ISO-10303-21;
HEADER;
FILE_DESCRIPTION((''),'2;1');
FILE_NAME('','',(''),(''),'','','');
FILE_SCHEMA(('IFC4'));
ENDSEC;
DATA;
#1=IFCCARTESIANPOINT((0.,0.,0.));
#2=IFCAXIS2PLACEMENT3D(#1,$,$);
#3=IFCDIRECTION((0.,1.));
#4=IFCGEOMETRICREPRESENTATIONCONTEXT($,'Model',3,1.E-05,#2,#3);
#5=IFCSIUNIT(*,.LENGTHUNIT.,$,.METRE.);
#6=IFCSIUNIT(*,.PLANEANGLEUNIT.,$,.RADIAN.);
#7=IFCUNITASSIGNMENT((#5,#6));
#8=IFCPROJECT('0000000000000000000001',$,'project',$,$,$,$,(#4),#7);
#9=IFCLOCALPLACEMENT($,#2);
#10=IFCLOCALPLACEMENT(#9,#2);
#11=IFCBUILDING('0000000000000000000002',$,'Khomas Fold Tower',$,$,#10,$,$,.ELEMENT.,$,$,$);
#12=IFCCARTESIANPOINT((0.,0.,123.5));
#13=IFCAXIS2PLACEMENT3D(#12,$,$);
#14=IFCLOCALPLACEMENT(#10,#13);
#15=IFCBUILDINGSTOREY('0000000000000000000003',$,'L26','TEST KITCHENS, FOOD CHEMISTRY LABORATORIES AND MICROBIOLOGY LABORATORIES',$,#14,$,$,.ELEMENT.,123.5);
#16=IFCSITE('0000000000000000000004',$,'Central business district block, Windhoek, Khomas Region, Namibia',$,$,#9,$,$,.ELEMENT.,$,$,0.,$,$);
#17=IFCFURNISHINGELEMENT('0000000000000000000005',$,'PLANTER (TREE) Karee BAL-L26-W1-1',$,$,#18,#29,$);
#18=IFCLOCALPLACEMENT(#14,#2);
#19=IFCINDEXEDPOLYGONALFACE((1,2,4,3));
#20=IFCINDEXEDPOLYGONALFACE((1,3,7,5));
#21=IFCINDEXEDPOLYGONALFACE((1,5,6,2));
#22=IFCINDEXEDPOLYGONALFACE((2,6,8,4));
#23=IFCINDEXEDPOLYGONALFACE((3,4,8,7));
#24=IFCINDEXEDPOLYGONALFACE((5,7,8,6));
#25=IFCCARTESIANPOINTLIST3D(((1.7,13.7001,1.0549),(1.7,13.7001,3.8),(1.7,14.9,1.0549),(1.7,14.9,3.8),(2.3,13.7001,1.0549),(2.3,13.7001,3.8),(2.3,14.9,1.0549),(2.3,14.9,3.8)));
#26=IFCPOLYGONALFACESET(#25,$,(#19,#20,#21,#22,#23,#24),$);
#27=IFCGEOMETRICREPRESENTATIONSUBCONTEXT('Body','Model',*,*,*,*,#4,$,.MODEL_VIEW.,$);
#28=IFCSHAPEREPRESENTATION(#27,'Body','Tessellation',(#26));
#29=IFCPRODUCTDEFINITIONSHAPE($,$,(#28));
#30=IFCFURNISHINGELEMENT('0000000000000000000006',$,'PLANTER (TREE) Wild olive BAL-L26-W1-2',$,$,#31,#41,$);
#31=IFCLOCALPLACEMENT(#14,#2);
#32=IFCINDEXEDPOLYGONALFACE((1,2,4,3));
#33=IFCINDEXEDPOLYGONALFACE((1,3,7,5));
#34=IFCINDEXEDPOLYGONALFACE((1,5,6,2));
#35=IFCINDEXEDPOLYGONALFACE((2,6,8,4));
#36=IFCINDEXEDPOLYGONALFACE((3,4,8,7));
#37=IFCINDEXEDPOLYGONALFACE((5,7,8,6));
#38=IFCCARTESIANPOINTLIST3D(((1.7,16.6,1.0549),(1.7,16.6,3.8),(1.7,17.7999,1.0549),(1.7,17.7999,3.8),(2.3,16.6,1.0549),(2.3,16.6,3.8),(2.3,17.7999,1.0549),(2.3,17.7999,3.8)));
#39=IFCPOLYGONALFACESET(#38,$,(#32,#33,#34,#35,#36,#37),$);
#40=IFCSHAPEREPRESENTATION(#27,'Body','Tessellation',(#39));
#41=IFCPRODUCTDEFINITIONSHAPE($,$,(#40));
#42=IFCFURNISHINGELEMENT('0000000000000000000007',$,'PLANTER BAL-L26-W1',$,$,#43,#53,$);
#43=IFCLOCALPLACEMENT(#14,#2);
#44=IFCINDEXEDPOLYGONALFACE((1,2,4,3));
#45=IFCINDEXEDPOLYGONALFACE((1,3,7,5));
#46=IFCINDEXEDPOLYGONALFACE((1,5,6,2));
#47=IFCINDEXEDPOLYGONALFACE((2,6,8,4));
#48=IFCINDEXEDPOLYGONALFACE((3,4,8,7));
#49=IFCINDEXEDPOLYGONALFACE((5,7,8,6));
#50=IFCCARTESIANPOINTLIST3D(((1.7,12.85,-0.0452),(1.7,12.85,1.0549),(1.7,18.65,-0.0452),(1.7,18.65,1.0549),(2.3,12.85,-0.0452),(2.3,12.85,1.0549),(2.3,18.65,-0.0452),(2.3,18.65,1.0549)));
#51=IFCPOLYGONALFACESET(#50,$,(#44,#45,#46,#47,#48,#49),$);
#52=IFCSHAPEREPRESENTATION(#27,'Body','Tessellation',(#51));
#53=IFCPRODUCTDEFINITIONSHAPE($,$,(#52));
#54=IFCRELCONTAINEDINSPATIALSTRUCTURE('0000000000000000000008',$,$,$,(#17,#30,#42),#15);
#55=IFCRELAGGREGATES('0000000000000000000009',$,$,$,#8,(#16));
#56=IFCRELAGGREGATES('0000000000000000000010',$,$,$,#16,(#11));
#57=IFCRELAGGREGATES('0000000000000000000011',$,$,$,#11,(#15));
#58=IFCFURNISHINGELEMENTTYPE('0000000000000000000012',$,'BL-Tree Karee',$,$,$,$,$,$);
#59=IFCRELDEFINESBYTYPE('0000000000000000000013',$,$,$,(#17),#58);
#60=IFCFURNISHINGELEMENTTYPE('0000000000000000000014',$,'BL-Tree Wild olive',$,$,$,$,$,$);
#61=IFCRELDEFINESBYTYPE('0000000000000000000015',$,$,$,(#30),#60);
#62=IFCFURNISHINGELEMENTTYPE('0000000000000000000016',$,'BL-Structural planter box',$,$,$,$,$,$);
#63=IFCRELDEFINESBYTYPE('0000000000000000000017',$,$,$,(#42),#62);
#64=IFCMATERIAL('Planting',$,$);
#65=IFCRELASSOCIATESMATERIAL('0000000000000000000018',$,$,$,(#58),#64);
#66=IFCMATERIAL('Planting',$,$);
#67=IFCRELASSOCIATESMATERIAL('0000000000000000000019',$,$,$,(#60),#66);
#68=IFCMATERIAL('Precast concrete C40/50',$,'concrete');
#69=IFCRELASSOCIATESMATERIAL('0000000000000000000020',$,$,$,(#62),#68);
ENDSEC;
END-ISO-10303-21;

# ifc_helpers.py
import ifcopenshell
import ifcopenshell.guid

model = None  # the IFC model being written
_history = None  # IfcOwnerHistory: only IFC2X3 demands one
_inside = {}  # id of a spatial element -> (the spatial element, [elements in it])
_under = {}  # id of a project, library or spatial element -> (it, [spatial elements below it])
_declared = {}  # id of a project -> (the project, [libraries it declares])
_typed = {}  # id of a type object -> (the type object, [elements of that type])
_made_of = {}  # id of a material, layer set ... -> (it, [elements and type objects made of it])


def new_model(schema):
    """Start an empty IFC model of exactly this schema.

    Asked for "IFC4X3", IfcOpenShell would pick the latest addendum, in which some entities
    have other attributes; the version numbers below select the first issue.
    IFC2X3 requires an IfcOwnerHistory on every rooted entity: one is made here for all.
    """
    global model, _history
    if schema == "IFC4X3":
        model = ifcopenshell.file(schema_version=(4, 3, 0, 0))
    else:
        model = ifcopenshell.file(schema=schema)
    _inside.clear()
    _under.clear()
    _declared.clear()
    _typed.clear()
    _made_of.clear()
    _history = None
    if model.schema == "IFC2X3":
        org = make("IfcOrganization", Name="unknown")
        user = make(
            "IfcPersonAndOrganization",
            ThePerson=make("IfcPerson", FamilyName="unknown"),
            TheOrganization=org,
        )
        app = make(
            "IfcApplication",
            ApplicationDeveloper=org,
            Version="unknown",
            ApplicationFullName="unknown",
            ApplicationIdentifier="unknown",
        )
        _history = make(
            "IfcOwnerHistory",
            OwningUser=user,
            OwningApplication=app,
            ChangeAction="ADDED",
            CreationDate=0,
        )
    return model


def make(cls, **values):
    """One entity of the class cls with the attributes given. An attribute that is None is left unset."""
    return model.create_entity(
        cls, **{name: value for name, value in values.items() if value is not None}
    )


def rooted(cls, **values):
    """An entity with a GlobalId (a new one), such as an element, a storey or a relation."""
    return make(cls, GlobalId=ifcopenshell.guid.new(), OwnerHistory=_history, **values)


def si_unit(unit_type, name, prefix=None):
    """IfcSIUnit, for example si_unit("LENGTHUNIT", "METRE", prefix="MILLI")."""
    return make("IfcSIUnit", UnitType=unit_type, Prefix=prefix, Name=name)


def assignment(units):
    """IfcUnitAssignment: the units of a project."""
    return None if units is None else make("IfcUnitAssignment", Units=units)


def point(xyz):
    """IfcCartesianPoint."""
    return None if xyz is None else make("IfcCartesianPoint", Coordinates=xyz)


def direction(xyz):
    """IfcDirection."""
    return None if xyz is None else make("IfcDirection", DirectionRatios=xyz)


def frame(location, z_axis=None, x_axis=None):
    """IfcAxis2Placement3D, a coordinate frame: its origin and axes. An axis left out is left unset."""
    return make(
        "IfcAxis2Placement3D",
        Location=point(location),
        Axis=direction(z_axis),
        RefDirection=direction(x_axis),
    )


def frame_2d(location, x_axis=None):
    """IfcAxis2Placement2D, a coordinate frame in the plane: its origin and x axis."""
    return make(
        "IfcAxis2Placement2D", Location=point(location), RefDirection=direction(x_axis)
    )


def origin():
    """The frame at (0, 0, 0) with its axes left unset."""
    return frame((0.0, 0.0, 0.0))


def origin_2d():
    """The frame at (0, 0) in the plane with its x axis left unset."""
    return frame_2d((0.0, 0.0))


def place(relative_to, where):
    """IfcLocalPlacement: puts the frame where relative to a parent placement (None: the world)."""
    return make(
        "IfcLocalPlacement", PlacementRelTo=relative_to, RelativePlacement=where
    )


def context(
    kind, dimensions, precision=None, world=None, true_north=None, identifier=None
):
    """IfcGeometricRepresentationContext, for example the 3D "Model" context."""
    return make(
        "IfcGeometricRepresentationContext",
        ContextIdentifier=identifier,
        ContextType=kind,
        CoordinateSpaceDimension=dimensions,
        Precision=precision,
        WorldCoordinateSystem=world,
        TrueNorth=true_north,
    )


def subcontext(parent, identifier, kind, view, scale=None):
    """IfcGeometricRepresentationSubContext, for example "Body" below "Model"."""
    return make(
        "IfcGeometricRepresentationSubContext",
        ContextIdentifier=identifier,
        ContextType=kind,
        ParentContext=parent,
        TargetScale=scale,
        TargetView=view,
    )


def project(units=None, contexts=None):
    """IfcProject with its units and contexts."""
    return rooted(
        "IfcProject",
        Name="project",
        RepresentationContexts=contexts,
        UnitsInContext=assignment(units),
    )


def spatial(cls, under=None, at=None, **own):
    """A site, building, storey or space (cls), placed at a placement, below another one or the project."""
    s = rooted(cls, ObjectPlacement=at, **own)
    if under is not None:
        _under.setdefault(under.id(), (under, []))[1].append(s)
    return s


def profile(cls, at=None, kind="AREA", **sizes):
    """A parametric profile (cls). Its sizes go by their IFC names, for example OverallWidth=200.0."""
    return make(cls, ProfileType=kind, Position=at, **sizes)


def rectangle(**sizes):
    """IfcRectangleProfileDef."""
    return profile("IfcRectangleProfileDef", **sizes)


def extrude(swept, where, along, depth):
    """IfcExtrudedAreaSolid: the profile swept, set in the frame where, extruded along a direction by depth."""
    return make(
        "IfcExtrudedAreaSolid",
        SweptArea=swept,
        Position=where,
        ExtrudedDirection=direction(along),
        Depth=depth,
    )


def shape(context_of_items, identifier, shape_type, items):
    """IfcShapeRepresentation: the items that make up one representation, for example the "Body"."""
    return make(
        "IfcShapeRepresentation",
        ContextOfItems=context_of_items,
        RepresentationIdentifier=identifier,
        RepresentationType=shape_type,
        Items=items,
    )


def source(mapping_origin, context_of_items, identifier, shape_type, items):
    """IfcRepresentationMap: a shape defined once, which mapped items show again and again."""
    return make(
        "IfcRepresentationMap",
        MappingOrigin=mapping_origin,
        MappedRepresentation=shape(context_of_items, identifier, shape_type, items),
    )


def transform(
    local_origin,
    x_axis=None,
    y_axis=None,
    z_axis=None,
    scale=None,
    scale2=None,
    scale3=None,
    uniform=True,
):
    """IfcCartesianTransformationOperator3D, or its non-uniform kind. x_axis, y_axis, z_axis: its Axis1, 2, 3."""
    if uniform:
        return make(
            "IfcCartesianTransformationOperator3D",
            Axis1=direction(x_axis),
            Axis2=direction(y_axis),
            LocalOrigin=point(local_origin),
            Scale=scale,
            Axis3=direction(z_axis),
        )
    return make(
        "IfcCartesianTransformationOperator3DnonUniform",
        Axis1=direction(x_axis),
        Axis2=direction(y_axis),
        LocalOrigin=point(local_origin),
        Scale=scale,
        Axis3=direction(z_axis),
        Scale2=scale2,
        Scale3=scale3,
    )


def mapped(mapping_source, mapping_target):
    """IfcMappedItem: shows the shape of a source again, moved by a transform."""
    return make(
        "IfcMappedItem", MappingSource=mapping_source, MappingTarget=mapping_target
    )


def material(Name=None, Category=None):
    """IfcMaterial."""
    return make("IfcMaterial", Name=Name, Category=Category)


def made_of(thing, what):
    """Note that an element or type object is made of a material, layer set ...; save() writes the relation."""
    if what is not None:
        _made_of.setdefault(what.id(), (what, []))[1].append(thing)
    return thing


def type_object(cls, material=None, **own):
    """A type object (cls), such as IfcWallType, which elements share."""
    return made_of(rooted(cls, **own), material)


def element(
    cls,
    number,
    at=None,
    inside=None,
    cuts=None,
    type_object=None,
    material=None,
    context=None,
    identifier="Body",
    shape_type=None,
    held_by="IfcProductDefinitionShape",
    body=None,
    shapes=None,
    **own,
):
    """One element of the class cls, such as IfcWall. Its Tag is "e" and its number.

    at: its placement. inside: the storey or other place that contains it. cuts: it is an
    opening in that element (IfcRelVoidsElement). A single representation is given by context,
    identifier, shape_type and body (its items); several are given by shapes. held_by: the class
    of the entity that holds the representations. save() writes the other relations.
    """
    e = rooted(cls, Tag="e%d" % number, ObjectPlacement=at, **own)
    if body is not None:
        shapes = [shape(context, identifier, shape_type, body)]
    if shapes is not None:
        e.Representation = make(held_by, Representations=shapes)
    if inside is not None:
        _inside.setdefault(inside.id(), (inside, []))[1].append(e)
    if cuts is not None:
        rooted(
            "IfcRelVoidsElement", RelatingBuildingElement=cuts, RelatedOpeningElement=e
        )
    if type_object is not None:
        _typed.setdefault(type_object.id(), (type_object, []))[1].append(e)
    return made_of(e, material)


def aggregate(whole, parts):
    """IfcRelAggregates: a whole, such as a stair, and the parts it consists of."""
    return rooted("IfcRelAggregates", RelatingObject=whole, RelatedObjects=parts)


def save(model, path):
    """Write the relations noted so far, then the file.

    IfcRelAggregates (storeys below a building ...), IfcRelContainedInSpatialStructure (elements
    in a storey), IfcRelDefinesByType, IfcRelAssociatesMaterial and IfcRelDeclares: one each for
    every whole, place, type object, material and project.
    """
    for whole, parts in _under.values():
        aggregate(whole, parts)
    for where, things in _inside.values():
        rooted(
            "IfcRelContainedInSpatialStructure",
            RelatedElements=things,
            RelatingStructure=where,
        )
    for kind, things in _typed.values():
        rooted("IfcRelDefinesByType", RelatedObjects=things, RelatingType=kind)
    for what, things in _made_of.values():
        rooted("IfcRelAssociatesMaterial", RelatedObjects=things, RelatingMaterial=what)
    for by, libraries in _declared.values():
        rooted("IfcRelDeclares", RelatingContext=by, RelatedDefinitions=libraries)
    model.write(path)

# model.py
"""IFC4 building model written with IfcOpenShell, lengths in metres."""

from ifc_helpers import new_model, si_unit, direction, frame, origin, origin_2d, place, context, subcontext, project, spatial, rectangle, extrude, source, transform, mapped, material, type_object, element, save


model = new_model("IFC4")

# Units and contexts
model_context = context("Model", 3, precision=1e-05, world=origin(), true_north=direction((0.0, 1.0)))
body_context = subcontext(model_context, "Body", "Model", "MODEL_VIEW")
ifc_project = project(units=[si_unit("LENGTHUNIT", "METRE"), si_unit("PLANEANGLEUNIT", "RADIAN")], contexts=[model_context])

# Site, building, storey
site_placement = place(None, origin())
site = spatial("IfcSite", under=ifc_project, at=site_placement, Name="Central business district block, Windhoek, Khomas Region, Namibia", CompositionType="ELEMENT", RefElevation=0.0)
building_placement = place(site_placement, origin())
building = spatial("IfcBuilding", under=site, at=building_placement, Name="Khomas Fold Tower", CompositionType="ELEMENT")
storey_placement = place(building_placement, frame((0.0, 0.0, 123.5)))
storey = spatial("IfcBuildingStorey", under=building, at=storey_placement, Name="L26", Description="TEST KITCHENS, FOOD CHEMISTRY LABORATORIES AND MICROBIOLOGY LABORATORIES", CompositionType="ELEMENT", Elevation=123.5)

# Furnishing elements
ifc_material_1 = material(Name="Planting")
furnishing_element_type_1 = type_object("IfcFurnishingElementType", Name="BL-Tree Karee", material=ifc_material_1)
shared_shape_1 = source(origin(), body_context, "Body", "SweptSolid", [
    extrude(rectangle(XDim=1.2, YDim=0.6001, at=origin_2d()), origin(), (0.0, 0.0, 1.0), 2.7451),
])
furnishing_1_placement = place(storey_placement, frame((2.0, 14.3, 1.0549), z_axis=(0.0, 0.0, 1.0), x_axis=(0.0, 1.0, 0.0)))
element("IfcFurnishingElement", 1, at=furnishing_1_placement, inside=storey, type_object=furnishing_element_type_1, Name="PLANTER (TREE) Karee BAL-L26-W1-1", context=body_context, shape_type="MappedRepresentation", body=[
    mapped(shared_shape_1, transform((0.0, 0.0, 0.0))),
])
ifc_material_2 = material(Name="Planting")
furnishing_element_type_2 = type_object("IfcFurnishingElementType", Name="BL-Tree Wild olive", material=ifc_material_2)
furnishing_2_placement = place(storey_placement, frame((2.0, 17.2, 1.0549), z_axis=(0.0, 0.0, 1.0), x_axis=(0.0, 1.0, 0.0)))
element("IfcFurnishingElement", 2, at=furnishing_2_placement, inside=storey, type_object=furnishing_element_type_2, Name="PLANTER (TREE) Wild olive BAL-L26-W1-2", context=body_context, shape_type="MappedRepresentation", body=[
    mapped(shared_shape_1, transform((0.0, 0.0, 0.0))),
])
ifc_material_3 = material(Name="Precast concrete C40/50", Category="concrete")
furnishing_element_type_3 = type_object("IfcFurnishingElementType", Name="BL-Structural planter box", material=ifc_material_3)
shared_shape_2 = source(origin(), body_context, "Body", "SweptSolid", [
    extrude(rectangle(XDim=5.8, YDim=0.6001, at=origin_2d()), origin(), (0.0, 0.0, 1.0), 1.1001),
])
furnishing_3_placement = place(storey_placement, frame((2.0, 15.75, -0.0452), z_axis=(0.0, 0.0, 1.0), x_axis=(0.0, 1.0, 0.0)))
element("IfcFurnishingElement", 3, at=furnishing_3_placement, inside=storey, type_object=furnishing_element_type_3, Name="PLANTER BAL-L26-W1", context=body_context, shape_type="MappedRepresentation", body=[
    mapped(shared_shape_2, transform((0.0, 0.0, 0.0))),
])

save(model, "model.ifc")
